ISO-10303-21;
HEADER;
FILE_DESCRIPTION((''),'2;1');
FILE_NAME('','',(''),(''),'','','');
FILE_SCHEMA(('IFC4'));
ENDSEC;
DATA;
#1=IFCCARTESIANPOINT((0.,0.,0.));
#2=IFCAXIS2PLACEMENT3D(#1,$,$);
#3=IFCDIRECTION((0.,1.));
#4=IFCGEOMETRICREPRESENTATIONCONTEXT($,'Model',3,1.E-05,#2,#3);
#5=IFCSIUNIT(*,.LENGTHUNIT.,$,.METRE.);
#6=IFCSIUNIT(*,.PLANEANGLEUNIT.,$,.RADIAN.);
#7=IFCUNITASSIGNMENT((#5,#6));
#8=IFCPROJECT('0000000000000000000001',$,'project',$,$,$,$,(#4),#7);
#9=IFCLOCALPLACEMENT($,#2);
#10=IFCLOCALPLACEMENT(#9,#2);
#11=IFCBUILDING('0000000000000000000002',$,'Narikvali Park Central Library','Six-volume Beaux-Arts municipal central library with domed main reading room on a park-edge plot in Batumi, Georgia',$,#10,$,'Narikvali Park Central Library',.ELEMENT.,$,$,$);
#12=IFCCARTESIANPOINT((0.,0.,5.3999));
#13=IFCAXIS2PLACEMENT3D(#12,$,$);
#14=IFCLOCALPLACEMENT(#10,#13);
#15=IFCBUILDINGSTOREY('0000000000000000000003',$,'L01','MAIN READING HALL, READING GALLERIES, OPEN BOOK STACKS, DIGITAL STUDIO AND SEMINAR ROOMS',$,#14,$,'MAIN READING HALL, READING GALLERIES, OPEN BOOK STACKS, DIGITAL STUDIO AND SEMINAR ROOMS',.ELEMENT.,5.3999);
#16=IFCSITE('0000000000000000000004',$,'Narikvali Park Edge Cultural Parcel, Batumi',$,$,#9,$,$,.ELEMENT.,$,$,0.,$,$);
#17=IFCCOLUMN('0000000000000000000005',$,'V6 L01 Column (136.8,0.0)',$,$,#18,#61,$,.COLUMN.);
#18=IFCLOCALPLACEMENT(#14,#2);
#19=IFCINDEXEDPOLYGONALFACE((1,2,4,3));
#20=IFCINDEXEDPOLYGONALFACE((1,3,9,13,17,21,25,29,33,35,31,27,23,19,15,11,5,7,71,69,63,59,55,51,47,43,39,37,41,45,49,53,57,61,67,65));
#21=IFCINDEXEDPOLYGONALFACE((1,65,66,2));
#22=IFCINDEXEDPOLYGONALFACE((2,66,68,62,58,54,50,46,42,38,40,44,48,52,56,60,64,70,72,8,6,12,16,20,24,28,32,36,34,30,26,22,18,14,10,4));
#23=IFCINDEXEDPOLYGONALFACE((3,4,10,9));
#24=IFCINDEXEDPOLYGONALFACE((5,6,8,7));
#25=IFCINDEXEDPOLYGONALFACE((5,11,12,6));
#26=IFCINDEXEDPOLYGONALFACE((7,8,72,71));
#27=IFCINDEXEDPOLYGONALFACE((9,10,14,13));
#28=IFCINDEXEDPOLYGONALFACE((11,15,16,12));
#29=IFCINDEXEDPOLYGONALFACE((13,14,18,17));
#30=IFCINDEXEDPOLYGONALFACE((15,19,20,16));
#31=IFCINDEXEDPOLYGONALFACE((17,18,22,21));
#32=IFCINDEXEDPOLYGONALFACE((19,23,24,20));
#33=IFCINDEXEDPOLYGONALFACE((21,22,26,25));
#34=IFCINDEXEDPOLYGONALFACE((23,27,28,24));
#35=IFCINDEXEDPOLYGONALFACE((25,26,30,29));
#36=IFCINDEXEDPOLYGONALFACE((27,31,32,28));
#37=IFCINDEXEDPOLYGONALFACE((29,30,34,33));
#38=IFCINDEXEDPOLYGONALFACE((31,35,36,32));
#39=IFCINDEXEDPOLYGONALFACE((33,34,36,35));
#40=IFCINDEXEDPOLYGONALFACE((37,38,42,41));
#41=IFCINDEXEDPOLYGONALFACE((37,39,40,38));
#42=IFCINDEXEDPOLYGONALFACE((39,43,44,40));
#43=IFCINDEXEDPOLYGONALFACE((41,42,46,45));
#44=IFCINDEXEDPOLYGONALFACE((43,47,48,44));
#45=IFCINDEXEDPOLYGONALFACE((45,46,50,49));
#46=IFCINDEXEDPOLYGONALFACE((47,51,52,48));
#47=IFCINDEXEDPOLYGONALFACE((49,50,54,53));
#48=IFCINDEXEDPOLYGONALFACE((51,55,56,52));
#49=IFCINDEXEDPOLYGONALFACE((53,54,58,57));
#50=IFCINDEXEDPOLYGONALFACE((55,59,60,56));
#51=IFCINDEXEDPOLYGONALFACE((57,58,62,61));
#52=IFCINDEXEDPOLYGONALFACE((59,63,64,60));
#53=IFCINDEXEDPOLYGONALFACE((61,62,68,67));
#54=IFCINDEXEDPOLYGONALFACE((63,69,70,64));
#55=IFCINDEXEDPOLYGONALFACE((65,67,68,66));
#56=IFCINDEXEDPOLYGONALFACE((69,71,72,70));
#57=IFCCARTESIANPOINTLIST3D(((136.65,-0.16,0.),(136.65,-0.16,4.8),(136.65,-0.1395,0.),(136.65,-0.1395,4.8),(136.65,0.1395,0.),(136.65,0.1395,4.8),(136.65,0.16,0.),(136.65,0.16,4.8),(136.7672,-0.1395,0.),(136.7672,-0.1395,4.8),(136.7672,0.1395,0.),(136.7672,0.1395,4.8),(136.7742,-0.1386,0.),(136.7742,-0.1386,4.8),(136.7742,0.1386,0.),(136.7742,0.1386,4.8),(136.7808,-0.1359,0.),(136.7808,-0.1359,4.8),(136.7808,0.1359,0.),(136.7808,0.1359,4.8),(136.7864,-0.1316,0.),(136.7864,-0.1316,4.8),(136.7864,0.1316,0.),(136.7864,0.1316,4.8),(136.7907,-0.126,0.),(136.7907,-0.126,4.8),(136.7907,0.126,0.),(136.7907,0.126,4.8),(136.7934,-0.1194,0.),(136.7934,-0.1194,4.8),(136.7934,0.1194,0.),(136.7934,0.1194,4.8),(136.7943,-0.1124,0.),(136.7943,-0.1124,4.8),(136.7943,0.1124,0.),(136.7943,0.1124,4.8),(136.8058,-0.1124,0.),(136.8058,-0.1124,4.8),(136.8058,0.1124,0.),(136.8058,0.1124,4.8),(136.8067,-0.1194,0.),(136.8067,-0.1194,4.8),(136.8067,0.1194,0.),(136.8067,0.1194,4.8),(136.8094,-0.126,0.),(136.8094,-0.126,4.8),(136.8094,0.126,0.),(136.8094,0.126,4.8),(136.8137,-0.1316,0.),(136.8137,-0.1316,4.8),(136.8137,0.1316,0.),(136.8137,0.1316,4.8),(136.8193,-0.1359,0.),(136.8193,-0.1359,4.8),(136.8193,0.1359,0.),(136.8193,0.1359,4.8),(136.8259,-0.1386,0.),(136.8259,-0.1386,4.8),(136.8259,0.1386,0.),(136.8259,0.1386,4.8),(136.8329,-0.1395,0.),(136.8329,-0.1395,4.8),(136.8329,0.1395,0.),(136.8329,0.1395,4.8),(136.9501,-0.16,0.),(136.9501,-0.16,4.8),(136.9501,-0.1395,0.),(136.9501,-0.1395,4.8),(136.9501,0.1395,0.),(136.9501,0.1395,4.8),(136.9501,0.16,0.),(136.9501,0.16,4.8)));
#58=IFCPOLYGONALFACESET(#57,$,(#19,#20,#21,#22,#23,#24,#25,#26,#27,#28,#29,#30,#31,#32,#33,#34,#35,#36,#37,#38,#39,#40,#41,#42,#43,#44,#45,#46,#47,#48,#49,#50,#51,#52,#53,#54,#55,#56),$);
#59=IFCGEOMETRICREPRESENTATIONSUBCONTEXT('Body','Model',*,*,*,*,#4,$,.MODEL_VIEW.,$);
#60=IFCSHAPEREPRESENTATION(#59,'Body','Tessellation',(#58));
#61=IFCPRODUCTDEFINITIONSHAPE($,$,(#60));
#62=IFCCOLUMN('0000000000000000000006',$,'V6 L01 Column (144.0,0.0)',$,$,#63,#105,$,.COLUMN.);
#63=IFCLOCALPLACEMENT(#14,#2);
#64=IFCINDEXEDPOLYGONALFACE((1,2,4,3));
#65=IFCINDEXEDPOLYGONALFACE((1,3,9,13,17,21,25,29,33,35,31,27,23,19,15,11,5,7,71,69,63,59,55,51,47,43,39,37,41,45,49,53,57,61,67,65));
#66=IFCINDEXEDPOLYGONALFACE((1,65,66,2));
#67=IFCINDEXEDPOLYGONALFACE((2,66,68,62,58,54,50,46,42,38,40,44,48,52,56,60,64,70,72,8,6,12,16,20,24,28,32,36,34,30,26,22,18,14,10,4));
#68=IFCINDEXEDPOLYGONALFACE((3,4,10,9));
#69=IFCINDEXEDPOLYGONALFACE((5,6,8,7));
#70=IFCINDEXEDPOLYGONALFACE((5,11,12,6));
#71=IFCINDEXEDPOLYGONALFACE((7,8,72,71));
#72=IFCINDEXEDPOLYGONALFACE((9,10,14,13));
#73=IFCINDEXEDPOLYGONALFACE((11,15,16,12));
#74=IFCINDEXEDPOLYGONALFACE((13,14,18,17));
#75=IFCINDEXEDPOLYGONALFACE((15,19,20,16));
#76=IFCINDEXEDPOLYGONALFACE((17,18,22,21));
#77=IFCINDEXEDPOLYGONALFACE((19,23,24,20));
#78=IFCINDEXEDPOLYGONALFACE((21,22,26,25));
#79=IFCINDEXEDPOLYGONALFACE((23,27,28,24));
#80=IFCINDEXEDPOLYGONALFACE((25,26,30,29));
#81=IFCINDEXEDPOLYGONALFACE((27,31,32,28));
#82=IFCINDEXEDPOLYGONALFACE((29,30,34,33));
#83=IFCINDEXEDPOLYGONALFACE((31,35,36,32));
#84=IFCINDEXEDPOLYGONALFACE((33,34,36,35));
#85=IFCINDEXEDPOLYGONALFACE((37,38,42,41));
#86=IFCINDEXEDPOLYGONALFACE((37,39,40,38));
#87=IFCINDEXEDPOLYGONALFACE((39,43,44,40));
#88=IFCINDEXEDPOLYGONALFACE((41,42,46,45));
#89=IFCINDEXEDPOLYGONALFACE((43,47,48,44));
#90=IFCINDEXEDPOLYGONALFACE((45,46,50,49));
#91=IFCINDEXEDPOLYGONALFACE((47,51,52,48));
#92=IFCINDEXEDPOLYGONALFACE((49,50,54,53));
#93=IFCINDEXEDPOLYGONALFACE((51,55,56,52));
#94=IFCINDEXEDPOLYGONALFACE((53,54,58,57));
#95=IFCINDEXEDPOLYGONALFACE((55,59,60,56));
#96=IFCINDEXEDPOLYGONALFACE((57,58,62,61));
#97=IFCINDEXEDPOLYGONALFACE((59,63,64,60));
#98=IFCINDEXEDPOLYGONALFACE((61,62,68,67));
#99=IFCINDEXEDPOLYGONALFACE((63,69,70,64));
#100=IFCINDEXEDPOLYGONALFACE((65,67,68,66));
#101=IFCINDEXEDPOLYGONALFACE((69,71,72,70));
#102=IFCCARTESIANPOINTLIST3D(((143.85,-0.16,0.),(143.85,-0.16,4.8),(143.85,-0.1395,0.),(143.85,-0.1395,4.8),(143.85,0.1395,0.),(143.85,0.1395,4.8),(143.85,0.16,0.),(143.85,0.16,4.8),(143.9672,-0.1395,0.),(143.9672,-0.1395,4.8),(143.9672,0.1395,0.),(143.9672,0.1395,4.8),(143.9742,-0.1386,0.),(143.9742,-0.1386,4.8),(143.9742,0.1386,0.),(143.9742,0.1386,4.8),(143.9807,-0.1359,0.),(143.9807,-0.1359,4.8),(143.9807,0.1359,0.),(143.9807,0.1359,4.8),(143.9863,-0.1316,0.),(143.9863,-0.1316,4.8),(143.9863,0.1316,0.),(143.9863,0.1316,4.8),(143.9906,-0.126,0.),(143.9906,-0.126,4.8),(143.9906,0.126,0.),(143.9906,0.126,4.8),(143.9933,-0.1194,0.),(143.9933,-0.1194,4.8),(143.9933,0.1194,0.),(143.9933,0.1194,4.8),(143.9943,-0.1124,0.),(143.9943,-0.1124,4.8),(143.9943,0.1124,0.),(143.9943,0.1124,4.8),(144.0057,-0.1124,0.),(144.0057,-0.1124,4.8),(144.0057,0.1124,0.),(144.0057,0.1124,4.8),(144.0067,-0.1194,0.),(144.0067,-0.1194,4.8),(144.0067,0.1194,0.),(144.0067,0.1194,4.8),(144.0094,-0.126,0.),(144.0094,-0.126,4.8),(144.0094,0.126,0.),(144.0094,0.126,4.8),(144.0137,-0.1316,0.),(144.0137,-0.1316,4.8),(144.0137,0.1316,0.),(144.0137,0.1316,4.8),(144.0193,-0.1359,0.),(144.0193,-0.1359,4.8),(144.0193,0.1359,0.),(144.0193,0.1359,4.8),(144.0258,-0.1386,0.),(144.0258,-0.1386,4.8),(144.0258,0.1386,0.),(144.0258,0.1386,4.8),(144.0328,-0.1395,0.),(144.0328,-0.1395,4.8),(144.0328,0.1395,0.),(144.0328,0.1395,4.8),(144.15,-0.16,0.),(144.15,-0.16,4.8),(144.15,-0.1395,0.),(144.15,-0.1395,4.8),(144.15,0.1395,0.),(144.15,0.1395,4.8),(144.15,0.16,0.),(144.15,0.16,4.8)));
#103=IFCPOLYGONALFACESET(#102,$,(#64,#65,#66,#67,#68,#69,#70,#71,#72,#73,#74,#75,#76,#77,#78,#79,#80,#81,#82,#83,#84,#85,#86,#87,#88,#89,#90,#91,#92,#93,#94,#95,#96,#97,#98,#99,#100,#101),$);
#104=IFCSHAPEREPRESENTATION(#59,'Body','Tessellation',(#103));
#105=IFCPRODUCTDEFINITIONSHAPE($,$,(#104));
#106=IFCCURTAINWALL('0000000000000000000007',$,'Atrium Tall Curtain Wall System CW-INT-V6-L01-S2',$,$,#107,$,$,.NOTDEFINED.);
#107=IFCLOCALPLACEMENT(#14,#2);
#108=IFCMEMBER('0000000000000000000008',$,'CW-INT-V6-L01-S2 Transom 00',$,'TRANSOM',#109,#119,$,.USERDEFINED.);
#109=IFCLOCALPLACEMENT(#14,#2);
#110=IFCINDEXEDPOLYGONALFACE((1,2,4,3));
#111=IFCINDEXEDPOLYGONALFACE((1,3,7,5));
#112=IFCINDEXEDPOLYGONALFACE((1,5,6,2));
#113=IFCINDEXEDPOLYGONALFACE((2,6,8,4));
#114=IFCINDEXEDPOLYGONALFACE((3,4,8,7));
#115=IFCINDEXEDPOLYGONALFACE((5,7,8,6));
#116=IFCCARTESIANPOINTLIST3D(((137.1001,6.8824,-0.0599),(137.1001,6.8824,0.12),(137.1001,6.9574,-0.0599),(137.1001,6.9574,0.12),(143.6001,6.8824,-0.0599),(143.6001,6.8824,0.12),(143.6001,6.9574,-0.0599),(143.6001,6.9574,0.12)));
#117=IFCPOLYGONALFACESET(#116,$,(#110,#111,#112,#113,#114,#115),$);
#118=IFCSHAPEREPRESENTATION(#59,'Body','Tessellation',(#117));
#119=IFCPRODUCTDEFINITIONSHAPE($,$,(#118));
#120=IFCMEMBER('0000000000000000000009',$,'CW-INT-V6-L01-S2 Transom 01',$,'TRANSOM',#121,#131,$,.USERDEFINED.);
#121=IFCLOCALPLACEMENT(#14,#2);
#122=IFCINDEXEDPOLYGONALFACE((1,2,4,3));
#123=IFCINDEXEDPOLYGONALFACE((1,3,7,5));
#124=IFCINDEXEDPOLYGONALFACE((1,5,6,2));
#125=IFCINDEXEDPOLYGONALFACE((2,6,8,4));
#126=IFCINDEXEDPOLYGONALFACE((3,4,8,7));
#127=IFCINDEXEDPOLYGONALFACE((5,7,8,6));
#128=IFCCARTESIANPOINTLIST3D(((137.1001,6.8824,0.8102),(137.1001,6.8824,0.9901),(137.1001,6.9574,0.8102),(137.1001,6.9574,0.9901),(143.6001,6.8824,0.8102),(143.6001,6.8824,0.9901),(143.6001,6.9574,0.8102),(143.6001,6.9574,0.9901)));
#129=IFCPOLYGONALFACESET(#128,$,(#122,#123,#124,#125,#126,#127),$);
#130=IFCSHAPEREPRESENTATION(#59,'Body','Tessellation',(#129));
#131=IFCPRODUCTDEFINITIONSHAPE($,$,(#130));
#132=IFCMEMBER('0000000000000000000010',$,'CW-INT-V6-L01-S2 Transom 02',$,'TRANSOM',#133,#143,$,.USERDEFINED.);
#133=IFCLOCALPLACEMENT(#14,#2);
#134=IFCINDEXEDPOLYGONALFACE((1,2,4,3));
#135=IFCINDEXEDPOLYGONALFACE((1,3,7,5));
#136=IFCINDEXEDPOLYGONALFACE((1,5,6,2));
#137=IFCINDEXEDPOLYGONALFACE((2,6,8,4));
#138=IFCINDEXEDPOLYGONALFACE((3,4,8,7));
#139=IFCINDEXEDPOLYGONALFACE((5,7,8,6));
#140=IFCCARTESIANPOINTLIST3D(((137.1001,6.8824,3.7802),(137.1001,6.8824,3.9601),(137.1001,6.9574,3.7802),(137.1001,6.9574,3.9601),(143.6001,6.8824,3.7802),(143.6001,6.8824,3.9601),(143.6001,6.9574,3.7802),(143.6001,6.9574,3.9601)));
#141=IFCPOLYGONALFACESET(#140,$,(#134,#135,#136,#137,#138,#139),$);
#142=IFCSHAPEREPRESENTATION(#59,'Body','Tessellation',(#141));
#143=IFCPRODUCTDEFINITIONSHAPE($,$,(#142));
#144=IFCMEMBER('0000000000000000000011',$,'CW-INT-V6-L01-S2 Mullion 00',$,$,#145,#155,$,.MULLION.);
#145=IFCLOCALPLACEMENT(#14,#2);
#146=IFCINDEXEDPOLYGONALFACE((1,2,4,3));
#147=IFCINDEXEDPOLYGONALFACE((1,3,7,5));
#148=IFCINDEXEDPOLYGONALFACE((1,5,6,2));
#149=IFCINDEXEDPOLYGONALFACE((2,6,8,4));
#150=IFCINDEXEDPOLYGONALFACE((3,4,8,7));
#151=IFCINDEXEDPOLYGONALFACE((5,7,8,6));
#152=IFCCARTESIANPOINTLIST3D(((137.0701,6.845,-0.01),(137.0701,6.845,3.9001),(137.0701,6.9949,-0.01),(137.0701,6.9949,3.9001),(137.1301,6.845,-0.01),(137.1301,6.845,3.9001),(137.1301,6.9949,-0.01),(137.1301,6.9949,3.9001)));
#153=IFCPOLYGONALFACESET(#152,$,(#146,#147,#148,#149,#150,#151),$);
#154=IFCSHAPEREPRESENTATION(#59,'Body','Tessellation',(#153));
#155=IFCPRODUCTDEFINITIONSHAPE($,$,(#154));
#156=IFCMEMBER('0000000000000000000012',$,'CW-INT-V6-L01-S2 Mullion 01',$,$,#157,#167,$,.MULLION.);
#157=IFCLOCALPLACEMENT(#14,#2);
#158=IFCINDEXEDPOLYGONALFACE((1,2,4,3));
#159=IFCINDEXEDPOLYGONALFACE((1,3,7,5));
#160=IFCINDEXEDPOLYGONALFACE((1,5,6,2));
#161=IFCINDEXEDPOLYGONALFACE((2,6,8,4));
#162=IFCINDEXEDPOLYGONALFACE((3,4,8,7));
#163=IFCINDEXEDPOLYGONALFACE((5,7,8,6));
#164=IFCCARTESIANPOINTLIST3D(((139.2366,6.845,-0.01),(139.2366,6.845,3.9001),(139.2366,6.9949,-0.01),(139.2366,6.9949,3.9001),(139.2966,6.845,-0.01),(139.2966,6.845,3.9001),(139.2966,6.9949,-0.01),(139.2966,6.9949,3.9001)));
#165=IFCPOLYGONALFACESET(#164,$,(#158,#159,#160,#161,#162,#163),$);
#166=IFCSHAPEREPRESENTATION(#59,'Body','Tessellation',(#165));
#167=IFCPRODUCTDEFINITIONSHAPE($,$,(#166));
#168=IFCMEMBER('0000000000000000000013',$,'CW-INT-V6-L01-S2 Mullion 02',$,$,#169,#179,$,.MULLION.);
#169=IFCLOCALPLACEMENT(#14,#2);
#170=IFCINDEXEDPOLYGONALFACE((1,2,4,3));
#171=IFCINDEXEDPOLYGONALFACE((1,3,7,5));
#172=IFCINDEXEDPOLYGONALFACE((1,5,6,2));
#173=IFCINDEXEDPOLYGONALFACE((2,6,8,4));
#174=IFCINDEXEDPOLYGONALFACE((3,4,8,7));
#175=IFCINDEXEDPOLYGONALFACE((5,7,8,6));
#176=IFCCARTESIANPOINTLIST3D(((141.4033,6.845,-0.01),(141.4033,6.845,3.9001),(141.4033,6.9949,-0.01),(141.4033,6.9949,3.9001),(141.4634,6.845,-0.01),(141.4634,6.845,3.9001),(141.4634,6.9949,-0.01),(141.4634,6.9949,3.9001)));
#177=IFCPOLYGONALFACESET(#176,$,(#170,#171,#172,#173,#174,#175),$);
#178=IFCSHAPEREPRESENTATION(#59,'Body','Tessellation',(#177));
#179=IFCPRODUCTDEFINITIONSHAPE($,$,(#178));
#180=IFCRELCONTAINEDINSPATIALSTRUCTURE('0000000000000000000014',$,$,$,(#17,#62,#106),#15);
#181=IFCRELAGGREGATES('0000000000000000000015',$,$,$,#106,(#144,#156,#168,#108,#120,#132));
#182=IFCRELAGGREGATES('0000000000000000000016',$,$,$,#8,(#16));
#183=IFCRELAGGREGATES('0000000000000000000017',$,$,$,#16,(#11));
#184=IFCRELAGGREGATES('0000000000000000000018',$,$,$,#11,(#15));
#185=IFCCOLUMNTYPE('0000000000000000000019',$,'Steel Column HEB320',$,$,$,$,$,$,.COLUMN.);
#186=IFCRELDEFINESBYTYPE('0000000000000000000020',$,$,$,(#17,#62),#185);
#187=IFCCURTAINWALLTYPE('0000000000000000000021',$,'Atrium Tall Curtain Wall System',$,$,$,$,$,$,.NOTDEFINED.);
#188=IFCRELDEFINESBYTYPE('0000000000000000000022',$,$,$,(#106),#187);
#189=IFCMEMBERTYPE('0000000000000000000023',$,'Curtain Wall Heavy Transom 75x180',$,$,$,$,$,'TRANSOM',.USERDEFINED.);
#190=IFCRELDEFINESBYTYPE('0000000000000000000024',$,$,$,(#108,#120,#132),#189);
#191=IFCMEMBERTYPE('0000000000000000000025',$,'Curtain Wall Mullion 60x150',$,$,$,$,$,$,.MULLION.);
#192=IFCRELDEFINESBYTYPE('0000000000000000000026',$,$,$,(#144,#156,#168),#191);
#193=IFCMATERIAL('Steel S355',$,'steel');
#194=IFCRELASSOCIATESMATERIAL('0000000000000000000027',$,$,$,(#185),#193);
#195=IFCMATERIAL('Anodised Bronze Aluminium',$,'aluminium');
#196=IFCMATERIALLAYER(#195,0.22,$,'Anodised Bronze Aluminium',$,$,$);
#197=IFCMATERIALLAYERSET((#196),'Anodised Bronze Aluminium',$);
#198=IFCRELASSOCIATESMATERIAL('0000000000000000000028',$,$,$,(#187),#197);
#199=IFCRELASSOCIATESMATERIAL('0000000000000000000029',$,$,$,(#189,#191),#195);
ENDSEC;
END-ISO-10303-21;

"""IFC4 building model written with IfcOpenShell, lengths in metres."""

from ifc_helpers import new_model, si_unit, direction, frame, origin, origin_2d, place, context, subcontext, project, spatial, rectangle, i_section, extrude, material, layer, layer_set, material_profile, profile_set, type_object, element, aggregate, save


model = new_model("IFC4")

# Units and contexts
model_context = context("Model", 3, precision=1e-05, world=origin(), true_north=direction((0.0, 1.0)))
body_context = subcontext(model_context, "Body", "Model", "MODEL_VIEW")
ifc_project = project(units=[si_unit("LENGTHUNIT", "METRE"), si_unit("PLANEANGLEUNIT", "RADIAN")], contexts=[model_context])

# Site, building, storey
site_placement = place(None, origin())
site = spatial("IfcSite", under=ifc_project, at=site_placement, Name="Narikvali Park Edge Cultural Parcel, Batumi", CompositionType="ELEMENT", RefElevation=0.0)
building_placement = place(site_placement, origin())
building = spatial("IfcBuilding", under=site, at=building_placement, Name="Narikvali Park Central Library", Description="Six-volume Beaux-Arts municipal central library with domed main reading room on a park-edge plot in Batumi, Georgia", LongName="Narikvali Park Central Library", CompositionType="ELEMENT")
storey_placement = place(building_placement, frame((0.0, 0.0, 5.3999)))
storey = spatial("IfcBuildingStorey", under=building, at=storey_placement, Name="L01", Description="MAIN READING HALL, READING GALLERIES, OPEN BOOK STACKS, DIGITAL STUDIO AND SEMINAR ROOMS", LongName="MAIN READING HALL, READING GALLERIES, OPEN BOOK STACKS, DIGITAL STUDIO AND SEMINAR ROOMS", CompositionType="ELEMENT", Elevation=5.3999)

# Columns
ifc_material_1 = material(Name="Steel S355", Category="steel")
ifc_material_profile_1 = material_profile(ifc_material_1, i_section(OverallWidth=0.3, OverallDepth=0.3201, WebThickness=0.0115, FlangeThickness=0.0205, FilletRadius=0.0271, at=origin_2d()), Name="HEB 320")
ifc_profile_set_1 = profile_set([ifc_material_profile_1], Name="Steel S355")
column_type = type_object("IfcColumnType", Name="Steel Column HEB320", PredefinedType="COLUMN", material=ifc_profile_set_1)
for number, where, z_axis, x_axis, name in (
    (1, (136.8, 0.0, 0.0), (0.0, 0.0, 1.0), (1.0, 0.0, 0.0), "V6 L01 Column (136.8,0.0)"),
    (2, (144.0, 0.0, 0.0), (0.0, 0.0, 1.0), (1.0, 0.0, 0.0), "V6 L01 Column (144.0,0.0)"),
):
    element("IfcColumn", number, at=place(storey_placement, frame(where, z_axis=z_axis, x_axis=x_axis)), inside=storey, type_object=column_type, Name=name, PredefinedType="COLUMN", context=body_context, shape_type="SweptSolid", body=[
        extrude(i_section(OverallWidth=0.3, OverallDepth=0.3201, WebThickness=0.0115, FlangeThickness=0.0205, FilletRadius=0.0271, at=origin_2d()), origin(), (0.0, 0.0, 1.0), 4.8),
    ])

# Curtain wall, members
ifc_material_2 = material(Name="Anodised Bronze Aluminium", Category="aluminium")
ifc_layer_1 = layer(ifc_material_2, 0.22, Name="Anodised Bronze Aluminium")
ifc_layer_set_1 = layer_set([ifc_layer_1], Name="Anodised Bronze Aluminium")
curtain_wall_type = type_object("IfcCurtainWallType", Name="Atrium Tall Curtain Wall System", PredefinedType="NOTDEFINED", material=ifc_layer_set_1)
curtain_wall_placement = place(storey_placement, origin())
curtain_wall = element("IfcCurtainWall", 3, at=curtain_wall_placement, inside=storey, type_object=curtain_wall_type, Name="Atrium Tall Curtain Wall System CW-INT-V6-L01-S2", PredefinedType="NOTDEFINED")
ifc_material_profile_2 = material_profile(ifc_material_2, rectangle(XDim=0.075, YDim=0.1799, at=origin_2d()), Name="CW TRANSOM 75x180")
ifc_profile_set_2 = profile_set([ifc_material_profile_2], Name="Anodised Bronze Aluminium")
member_type_1 = type_object("IfcMemberType", Name="Curtain Wall Heavy Transom 75x180", ElementType="TRANSOM", PredefinedType="USERDEFINED", material=ifc_profile_set_2)
member_1_placement = place(storey_placement, frame((137.1001, 6.9199, 0.03), z_axis=(1.0, 0.0, 0.0), x_axis=(0.0, 1.0, 0.0)))
member_1 = element("IfcMember", 4, at=member_1_placement, type_object=member_type_1, Name="CW-INT-V6-L01-S2 Transom 00", ObjectType="TRANSOM", PredefinedType="USERDEFINED", context=body_context, shape_type="SweptSolid", body=[
    extrude(rectangle(XDim=0.075, YDim=0.1799, at=origin_2d()), origin(), (0.0, 0.0, 1.0), 6.5),
])
member_2_placement = place(storey_placement, frame((137.1001, 6.9199, 0.9001), z_axis=(1.0, 0.0, 0.0), x_axis=(0.0, 1.0, 0.0)))
member_2 = element("IfcMember", 5, at=member_2_placement, type_object=member_type_1, Name="CW-INT-V6-L01-S2 Transom 01", ObjectType="TRANSOM", PredefinedType="USERDEFINED", context=body_context, shape_type="SweptSolid", body=[
    extrude(rectangle(XDim=0.075, YDim=0.1799, at=origin_2d()), origin(), (0.0, 0.0, 1.0), 6.5),
])
member_3_placement = place(storey_placement, frame((137.1001, 6.9199, 3.8701), z_axis=(1.0, 0.0, 0.0), x_axis=(0.0, 1.0, 0.0)))
member_3 = element("IfcMember", 6, at=member_3_placement, type_object=member_type_1, Name="CW-INT-V6-L01-S2 Transom 02", ObjectType="TRANSOM", PredefinedType="USERDEFINED", context=body_context, shape_type="SweptSolid", body=[
    extrude(rectangle(XDim=0.075, YDim=0.1799, at=origin_2d()), origin(), (0.0, 0.0, 1.0), 6.5),
])
ifc_material_profile_3 = material_profile(ifc_material_2, rectangle(XDim=0.0601, YDim=0.1499, at=origin_2d()), Name="CW MULLION 60x150")
ifc_profile_set_3 = profile_set([ifc_material_profile_3], Name="Anodised Bronze Aluminium")
member_type_2 = type_object("IfcMemberType", Name="Curtain Wall Mullion 60x150", PredefinedType="MULLION", material=ifc_profile_set_3)
member_4_placement = place(storey_placement, frame((137.1001, 6.9199, -0.01), z_axis=(0.0, 0.0, 1.0), x_axis=(1.0, 0.0, 0.0)))
member_4 = element("IfcMember", 7, at=member_4_placement, type_object=member_type_2, Name="CW-INT-V6-L01-S2 Mullion 00", PredefinedType="MULLION", context=body_context, shape_type="SweptSolid", body=[
    extrude(rectangle(XDim=0.0601, YDim=0.1499, at=origin_2d()), origin(), (0.0, 0.0, 1.0), 3.9102),
])
member_5_placement = place(storey_placement, frame((139.2666, 6.9199, -0.01), z_axis=(0.0, 0.0, 1.0), x_axis=(1.0, 0.0, 0.0)))
member_5 = element("IfcMember", 8, at=member_5_placement, type_object=member_type_2, Name="CW-INT-V6-L01-S2 Mullion 01", PredefinedType="MULLION", context=body_context, shape_type="SweptSolid", body=[
    extrude(rectangle(XDim=0.0601, YDim=0.1499, at=origin_2d()), origin(), (0.0, 0.0, 1.0), 3.9102),
])
member_6_placement = place(storey_placement, frame((141.4333, 6.9199, -0.01), z_axis=(0.0, 0.0, 1.0), x_axis=(1.0, 0.0, 0.0)))
member_6 = element("IfcMember", 9, at=member_6_placement, type_object=member_type_2, Name="CW-INT-V6-L01-S2 Mullion 02", PredefinedType="MULLION", context=body_context, shape_type="SweptSolid", body=[
    extrude(rectangle(XDim=0.0601, YDim=0.1499, at=origin_2d()), origin(), (0.0, 0.0, 1.0), 3.9102),
])

aggregate(curtain_wall, [member_4, member_5, member_6, member_1, member_2, member_3])

save(model, "model.ifc")
